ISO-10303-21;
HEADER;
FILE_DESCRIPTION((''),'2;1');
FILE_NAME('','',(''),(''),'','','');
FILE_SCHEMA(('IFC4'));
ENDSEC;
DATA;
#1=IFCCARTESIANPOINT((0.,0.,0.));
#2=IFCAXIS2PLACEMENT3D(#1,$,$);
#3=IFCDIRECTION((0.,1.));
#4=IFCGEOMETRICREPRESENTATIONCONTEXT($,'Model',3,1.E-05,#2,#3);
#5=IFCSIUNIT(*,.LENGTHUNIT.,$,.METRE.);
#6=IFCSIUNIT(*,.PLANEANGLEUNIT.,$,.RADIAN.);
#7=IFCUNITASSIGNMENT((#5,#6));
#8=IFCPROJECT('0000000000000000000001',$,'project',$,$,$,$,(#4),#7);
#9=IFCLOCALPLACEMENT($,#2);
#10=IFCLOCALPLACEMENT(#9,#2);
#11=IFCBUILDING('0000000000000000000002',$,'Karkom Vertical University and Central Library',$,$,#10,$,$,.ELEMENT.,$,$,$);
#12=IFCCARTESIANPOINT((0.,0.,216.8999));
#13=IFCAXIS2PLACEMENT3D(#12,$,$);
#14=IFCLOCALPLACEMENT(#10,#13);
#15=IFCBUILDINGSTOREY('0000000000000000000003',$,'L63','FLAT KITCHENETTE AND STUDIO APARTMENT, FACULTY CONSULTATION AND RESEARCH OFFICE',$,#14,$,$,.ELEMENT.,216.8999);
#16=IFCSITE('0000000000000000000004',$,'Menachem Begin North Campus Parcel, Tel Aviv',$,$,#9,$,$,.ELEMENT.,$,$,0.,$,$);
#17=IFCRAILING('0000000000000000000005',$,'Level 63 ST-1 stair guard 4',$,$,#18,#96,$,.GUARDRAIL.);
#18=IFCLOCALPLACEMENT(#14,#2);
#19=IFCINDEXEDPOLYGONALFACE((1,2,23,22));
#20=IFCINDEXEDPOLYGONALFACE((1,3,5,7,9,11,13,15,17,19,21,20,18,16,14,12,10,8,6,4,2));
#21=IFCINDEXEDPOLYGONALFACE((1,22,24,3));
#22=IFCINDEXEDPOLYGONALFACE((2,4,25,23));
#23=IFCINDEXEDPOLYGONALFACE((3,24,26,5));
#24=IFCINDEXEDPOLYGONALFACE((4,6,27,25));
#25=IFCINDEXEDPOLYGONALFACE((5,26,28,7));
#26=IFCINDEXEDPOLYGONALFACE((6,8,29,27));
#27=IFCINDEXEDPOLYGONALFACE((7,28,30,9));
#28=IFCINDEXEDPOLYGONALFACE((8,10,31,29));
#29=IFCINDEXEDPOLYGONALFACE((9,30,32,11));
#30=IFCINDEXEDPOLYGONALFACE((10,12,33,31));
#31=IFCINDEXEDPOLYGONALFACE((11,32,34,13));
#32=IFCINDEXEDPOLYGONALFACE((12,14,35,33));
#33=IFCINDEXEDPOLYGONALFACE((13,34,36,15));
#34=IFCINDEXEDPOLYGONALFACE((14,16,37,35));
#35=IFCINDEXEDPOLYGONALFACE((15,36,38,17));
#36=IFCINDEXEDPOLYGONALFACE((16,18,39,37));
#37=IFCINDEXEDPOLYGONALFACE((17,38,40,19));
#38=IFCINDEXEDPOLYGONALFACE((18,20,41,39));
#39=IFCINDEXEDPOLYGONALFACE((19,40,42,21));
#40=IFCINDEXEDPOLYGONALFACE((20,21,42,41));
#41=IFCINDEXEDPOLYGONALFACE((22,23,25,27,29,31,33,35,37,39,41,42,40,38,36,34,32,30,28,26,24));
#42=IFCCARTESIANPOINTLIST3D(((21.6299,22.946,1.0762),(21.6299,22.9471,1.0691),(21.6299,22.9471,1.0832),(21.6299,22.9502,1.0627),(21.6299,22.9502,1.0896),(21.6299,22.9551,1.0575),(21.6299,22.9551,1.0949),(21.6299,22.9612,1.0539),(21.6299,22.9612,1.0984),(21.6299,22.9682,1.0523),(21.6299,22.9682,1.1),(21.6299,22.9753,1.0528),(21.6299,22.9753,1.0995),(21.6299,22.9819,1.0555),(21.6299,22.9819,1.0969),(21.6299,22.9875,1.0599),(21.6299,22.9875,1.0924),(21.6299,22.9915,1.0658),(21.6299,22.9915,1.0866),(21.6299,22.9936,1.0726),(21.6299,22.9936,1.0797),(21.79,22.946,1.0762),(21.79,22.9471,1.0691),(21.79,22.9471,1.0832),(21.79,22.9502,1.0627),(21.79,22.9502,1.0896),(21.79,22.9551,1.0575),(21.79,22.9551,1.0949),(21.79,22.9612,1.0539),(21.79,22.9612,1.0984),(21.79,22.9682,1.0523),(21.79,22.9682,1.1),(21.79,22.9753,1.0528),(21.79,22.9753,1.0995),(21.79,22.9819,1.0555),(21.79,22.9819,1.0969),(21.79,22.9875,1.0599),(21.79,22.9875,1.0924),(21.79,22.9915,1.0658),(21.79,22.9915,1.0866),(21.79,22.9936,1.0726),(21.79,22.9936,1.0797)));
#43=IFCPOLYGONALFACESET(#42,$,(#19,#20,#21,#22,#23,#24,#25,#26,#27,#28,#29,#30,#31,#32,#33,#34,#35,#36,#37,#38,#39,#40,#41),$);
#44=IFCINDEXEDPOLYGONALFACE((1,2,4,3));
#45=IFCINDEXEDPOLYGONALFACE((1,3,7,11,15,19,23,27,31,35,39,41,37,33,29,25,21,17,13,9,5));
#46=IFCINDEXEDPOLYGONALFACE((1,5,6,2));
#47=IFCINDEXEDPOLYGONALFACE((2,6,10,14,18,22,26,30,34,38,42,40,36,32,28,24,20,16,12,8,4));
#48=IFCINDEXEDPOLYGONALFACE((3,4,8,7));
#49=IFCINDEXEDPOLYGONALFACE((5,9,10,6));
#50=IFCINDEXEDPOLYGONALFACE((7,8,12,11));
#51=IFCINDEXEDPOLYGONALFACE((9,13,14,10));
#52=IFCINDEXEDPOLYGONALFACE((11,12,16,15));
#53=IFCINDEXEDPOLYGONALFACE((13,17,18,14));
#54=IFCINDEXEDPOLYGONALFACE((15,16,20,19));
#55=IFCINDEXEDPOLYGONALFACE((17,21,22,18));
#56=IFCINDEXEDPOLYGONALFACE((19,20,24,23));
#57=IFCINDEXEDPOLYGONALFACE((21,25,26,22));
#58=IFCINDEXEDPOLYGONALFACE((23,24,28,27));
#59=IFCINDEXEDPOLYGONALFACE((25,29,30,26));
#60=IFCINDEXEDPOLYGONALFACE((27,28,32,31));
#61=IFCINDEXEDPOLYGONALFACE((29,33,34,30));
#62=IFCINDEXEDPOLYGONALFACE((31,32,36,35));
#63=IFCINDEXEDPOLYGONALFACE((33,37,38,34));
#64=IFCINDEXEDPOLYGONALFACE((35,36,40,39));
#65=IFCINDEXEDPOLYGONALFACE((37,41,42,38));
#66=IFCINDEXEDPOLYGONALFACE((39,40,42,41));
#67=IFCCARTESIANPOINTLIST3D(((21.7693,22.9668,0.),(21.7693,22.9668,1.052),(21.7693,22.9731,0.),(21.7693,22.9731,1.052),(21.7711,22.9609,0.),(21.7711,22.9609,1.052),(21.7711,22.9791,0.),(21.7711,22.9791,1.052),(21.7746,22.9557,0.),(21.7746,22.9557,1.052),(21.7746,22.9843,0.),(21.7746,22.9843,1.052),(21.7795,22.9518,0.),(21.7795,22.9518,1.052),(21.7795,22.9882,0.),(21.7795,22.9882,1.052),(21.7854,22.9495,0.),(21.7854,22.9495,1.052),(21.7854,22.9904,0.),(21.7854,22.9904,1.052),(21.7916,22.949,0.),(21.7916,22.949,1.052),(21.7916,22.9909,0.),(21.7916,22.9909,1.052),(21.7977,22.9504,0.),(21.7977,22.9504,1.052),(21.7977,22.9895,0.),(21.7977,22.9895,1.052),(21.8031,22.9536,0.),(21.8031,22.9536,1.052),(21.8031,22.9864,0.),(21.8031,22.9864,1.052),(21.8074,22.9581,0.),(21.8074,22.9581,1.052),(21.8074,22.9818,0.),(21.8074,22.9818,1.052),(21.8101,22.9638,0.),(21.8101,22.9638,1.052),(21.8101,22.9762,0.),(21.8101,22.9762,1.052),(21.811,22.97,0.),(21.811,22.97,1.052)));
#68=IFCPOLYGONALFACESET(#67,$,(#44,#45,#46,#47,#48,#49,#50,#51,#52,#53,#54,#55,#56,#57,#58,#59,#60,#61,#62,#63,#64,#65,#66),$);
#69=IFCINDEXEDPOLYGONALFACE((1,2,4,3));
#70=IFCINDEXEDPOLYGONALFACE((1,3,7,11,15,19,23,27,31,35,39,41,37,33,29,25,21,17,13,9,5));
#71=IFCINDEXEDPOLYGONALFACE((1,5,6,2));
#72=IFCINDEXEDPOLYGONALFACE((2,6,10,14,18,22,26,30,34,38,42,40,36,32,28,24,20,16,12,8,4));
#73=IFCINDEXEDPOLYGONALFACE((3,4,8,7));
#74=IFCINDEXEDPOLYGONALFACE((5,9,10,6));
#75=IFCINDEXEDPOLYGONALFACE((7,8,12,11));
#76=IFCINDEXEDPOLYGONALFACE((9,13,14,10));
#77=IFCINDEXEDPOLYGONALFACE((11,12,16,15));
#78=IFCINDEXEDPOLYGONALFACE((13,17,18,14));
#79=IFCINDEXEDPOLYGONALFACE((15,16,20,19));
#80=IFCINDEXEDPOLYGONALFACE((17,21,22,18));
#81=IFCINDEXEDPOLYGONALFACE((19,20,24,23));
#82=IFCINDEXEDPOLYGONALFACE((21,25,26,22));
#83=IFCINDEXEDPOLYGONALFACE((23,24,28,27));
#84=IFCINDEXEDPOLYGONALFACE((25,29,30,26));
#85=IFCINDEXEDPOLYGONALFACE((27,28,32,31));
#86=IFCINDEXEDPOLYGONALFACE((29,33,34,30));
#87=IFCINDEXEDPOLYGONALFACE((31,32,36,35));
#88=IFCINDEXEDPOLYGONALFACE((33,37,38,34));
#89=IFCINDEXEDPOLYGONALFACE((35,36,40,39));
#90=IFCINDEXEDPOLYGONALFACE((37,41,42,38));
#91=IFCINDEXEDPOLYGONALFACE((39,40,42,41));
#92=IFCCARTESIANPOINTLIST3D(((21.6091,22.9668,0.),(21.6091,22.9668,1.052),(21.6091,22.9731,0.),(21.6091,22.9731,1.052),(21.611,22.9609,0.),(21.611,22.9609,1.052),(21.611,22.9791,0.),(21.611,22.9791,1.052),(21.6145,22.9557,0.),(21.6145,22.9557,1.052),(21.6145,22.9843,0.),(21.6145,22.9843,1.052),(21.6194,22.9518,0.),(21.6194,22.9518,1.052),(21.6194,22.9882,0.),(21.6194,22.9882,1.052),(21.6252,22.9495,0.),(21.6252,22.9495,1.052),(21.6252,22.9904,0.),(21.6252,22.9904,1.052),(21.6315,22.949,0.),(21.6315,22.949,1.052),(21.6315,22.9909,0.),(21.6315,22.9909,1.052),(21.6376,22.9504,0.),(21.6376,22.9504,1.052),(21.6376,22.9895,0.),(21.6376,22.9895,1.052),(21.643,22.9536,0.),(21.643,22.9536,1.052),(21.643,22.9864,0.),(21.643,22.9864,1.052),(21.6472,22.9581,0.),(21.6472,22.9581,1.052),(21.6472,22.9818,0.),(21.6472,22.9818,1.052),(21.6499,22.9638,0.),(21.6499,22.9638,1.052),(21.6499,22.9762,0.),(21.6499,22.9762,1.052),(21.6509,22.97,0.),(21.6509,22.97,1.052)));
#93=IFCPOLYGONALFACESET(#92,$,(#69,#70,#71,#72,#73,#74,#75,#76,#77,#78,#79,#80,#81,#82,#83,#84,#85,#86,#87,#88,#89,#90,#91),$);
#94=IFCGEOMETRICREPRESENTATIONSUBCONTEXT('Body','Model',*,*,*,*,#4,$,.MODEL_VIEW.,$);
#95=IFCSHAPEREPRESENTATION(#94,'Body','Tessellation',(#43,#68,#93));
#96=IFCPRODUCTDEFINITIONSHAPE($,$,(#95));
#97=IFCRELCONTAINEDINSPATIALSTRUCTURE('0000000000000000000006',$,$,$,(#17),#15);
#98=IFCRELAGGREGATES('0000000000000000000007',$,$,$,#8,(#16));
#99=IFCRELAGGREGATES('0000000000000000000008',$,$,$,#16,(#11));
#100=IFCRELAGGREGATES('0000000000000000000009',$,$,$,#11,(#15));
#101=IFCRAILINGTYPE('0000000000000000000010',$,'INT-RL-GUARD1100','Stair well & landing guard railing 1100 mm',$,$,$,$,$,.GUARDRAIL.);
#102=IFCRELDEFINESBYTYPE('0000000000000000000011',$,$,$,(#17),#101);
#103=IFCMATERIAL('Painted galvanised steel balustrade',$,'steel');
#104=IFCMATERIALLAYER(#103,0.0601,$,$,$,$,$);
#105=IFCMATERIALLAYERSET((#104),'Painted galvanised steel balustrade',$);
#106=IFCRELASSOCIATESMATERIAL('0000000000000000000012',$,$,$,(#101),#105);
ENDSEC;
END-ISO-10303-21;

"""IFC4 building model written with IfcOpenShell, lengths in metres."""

from ifc_helpers import new_model, si_unit, direction, frame, origin, origin_2d, place, context, subcontext, project, spatial, circle, extrude, material, layer, layer_set, type_object, element, save


model = new_model("IFC4")

# Units and contexts
model_context = context("Model", 3, precision=1e-05, world=origin(), true_north=direction((0.0, 1.0)))
body_context = subcontext(model_context, "Body", "Model", "MODEL_VIEW")
ifc_project = project(units=[si_unit("LENGTHUNIT", "METRE"), si_unit("PLANEANGLEUNIT", "RADIAN")], contexts=[model_context])

# Site, building, storey
site_placement = place(None, origin())
site = spatial("IfcSite", under=ifc_project, at=site_placement, Name="Menachem Begin North Campus Parcel, Tel Aviv", CompositionType="ELEMENT", RefElevation=0.0)
building_placement = place(site_placement, origin())
building = spatial("IfcBuilding", under=site, at=building_placement, Name="Karkom Vertical University and Central Library", CompositionType="ELEMENT")
storey_placement = place(building_placement, frame((0.0, 0.0, 216.8999)))
storey = spatial("IfcBuildingStorey", under=building, at=storey_placement, Name="L63", Description="FLAT KITCHENETTE AND STUDIO APARTMENT, FACULTY CONSULTATION AND RESEARCH OFFICE", CompositionType="ELEMENT", Elevation=216.8999)

# Railing
ifc_material_1 = material(Name="Painted galvanised steel balustrade", Category="steel")
ifc_layer_1 = layer(ifc_material_1, 0.0601)
ifc_layer_set_1 = layer_set([ifc_layer_1], Name="Painted galvanised steel balustrade")
railing_type = type_object("IfcRailingType", Name="INT-RL-GUARD1100", Description="Stair well & landing guard railing 1100 mm", PredefinedType="GUARDRAIL", material=ifc_layer_set_1)
railing_placement = place(storey_placement, frame((21.79, 22.97, 0.0)))
element("IfcRailing", 1, at=railing_placement, inside=storey, type_object=railing_type, Name="Level 63 ST-1 stair guard 4", PredefinedType="GUARDRAIL", context=body_context, shape_type="SweptSolid", body=[
    extrude(circle(Radius=0.0239, at=origin_2d()), frame((0.0, 0.0, 1.0762), z_axis=(-1.0, 0.0, 0.0), x_axis=(0.0, -1.0, 0.0)), (0.0, 0.0, 1.0), 0.1602),
    extrude(circle(Radius=0.021, at=origin_2d()), origin(), (0.0, 0.0, 1.0), 1.052),
    extrude(circle(Radius=0.021, at=origin_2d()), frame((-0.1602, 0.0, 0.0)), (0.0, 0.0, 1.0), 1.052),
])

save(model, "model.ifc")
